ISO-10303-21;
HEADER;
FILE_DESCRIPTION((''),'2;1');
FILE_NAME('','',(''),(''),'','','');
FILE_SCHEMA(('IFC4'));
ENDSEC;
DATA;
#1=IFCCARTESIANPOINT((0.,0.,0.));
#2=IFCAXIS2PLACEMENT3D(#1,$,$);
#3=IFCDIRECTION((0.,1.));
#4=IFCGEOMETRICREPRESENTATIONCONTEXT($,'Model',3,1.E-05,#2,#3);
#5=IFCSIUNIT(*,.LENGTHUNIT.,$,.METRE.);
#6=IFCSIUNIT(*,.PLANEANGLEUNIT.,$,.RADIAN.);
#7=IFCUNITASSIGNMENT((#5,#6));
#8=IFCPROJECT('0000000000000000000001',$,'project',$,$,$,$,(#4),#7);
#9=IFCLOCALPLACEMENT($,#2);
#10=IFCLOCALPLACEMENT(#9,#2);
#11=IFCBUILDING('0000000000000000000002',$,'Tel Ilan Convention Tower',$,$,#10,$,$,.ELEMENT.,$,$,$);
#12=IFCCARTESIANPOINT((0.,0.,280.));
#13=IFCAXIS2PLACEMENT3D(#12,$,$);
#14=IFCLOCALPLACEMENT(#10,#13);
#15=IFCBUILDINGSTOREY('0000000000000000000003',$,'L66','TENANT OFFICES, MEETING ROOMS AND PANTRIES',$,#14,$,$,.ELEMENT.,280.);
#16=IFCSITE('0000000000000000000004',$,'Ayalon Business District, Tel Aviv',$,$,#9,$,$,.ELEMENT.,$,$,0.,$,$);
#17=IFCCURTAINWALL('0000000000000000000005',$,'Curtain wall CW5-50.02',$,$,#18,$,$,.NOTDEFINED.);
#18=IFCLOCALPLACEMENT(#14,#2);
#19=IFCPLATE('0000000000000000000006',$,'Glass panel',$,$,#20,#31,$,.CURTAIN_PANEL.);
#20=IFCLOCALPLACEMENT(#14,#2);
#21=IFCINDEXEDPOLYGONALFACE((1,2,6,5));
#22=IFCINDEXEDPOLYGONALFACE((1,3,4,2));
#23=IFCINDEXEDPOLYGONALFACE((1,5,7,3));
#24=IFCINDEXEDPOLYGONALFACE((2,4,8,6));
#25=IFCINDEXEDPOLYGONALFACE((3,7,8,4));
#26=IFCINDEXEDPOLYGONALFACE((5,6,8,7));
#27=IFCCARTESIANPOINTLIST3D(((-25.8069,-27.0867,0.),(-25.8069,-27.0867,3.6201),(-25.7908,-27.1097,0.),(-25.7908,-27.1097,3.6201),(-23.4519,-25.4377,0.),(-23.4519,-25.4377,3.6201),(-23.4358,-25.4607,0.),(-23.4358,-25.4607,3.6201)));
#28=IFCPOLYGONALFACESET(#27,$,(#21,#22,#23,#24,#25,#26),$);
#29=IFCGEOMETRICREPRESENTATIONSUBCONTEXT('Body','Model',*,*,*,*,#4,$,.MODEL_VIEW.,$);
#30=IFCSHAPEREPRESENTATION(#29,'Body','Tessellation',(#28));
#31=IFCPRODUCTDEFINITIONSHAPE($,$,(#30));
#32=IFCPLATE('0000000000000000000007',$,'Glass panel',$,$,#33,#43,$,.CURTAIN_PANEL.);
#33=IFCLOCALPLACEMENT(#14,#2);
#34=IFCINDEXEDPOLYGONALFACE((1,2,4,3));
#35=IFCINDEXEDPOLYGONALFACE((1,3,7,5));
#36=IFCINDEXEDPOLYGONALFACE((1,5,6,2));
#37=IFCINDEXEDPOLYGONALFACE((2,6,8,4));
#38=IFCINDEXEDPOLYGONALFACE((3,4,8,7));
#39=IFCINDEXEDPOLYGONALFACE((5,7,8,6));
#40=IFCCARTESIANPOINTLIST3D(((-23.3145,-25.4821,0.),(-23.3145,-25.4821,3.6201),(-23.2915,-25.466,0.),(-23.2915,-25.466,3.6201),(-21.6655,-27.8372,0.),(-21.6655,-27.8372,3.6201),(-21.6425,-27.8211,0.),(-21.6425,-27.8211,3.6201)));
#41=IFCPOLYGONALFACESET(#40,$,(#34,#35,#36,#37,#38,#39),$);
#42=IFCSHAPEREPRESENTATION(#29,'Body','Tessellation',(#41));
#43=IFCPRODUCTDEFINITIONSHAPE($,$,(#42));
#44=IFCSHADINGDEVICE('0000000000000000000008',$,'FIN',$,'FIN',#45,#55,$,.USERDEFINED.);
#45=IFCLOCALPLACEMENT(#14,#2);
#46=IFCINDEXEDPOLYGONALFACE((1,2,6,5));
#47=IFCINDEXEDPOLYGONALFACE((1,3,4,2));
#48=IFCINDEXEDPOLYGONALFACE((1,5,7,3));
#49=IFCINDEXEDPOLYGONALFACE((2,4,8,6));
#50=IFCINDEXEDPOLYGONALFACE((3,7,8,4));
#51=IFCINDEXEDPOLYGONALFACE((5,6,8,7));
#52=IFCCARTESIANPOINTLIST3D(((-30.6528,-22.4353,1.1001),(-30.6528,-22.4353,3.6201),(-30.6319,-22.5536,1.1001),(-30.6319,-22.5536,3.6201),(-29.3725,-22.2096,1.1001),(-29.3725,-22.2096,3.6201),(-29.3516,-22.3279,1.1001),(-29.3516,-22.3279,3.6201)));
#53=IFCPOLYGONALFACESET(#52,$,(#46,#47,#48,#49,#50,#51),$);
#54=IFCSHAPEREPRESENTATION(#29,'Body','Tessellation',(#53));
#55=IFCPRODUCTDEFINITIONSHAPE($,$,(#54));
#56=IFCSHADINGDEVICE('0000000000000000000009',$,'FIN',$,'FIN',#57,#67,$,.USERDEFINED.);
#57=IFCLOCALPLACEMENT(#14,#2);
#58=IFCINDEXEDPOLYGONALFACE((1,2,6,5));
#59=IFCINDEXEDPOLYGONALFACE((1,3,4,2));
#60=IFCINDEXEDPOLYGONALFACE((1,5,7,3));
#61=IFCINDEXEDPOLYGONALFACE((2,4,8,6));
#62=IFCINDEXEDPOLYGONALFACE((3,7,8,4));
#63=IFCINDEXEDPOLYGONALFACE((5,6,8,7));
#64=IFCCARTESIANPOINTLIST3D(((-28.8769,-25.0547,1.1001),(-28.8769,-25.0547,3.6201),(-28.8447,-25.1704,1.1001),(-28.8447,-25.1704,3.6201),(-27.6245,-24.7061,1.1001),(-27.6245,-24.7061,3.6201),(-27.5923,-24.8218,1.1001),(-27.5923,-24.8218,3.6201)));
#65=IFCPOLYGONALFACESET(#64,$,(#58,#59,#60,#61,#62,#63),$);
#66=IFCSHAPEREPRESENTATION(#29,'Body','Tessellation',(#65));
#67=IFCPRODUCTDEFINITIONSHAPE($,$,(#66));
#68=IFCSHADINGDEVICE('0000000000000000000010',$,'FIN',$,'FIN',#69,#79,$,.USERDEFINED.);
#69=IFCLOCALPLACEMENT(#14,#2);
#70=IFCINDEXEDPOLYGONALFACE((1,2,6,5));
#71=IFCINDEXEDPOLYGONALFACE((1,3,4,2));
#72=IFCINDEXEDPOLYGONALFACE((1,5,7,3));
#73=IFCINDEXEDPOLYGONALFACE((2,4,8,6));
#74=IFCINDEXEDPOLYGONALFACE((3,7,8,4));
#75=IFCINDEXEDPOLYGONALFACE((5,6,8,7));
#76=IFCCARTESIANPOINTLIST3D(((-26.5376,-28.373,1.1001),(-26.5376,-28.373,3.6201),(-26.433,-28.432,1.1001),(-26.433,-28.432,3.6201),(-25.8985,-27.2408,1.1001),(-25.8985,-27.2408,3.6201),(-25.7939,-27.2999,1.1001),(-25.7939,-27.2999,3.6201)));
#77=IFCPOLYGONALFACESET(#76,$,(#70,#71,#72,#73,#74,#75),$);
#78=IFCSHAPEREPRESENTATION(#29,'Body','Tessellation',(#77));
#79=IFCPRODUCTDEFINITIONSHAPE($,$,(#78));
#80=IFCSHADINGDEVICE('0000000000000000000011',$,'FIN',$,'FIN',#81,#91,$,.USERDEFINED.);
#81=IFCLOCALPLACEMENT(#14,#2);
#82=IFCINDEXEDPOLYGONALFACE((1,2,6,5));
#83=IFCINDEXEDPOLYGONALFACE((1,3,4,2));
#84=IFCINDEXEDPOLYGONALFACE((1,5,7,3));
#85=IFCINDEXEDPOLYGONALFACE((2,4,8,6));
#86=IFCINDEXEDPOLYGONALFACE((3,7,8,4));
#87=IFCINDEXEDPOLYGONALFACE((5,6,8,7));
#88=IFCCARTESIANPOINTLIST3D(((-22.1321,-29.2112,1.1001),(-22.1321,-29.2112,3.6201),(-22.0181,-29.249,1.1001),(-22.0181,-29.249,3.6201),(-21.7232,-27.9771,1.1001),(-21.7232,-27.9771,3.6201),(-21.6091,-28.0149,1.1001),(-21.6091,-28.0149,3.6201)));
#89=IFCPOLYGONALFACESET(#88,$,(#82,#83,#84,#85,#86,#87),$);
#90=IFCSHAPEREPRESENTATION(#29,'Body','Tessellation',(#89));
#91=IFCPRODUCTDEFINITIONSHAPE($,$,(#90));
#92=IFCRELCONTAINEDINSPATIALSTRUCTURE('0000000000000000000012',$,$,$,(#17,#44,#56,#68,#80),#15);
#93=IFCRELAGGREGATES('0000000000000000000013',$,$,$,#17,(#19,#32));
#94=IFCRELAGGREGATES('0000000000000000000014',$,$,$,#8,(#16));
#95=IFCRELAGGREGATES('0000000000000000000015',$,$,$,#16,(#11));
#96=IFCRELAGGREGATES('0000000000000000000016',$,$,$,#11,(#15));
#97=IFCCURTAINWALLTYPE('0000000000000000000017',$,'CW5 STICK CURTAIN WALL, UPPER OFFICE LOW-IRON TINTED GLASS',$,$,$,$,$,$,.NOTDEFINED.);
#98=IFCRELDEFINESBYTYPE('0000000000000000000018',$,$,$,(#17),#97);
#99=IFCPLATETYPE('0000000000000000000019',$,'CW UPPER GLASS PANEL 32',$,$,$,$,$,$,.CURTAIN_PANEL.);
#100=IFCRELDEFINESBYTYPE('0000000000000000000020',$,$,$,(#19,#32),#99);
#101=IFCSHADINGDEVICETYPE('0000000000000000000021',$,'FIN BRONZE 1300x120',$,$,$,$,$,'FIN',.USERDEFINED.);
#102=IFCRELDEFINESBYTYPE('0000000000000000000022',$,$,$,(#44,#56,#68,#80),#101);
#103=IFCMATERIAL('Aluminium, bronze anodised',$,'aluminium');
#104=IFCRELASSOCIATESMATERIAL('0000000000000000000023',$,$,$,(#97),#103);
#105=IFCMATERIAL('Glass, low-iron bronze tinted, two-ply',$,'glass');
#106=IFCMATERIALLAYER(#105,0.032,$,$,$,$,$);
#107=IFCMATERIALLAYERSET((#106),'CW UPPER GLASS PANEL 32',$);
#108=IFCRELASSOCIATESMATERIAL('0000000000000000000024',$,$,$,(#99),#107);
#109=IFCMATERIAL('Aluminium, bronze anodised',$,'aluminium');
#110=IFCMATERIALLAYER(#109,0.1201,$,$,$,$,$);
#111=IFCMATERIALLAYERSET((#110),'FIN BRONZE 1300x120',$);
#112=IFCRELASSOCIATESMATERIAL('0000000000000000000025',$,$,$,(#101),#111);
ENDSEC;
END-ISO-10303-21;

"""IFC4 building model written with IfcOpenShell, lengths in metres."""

from ifc_helpers import new_model, si_unit, direction, frame, origin, origin_2d, place, context, subcontext, project, spatial, rectangle, extrude, material, layer, layer_set, type_object, element, aggregate, save


model = new_model("IFC4")

# Units and contexts
model_context = context("Model", 3, precision=1e-05, world=origin(), true_north=direction((0.0, 1.0)))
body_context = subcontext(model_context, "Body", "Model", "MODEL_VIEW")
ifc_project = project(units=[si_unit("LENGTHUNIT", "METRE"), si_unit("PLANEANGLEUNIT", "RADIAN")], contexts=[model_context])

# Site, building, storey
site_placement = place(None, origin())
site = spatial("IfcSite", under=ifc_project, at=site_placement, Name="Ayalon Business District, Tel Aviv", CompositionType="ELEMENT", RefElevation=0.0)
building_placement = place(site_placement, origin())
building = spatial("IfcBuilding", under=site, at=building_placement, Name="Tel Ilan Convention Tower", CompositionType="ELEMENT")
storey_placement = place(building_placement, frame((0.0, 0.0, 280.0)))
storey = spatial("IfcBuildingStorey", under=building, at=storey_placement, Name="L66", Description="TENANT OFFICES, MEETING ROOMS AND PANTRIES", CompositionType="ELEMENT", Elevation=280.0)

# Curtain wall, plates
ifc_material_1 = material(Name="Aluminium, bronze anodised", Category="aluminium")
curtain_wall_type = type_object("IfcCurtainWallType", Name="CW5 STICK CURTAIN WALL, UPPER OFFICE LOW-IRON TINTED GLASS", PredefinedType="NOTDEFINED", material=ifc_material_1)
curtain_wall_placement = place(storey_placement, origin())
curtain_wall = element("IfcCurtainWall", 1, at=curtain_wall_placement, inside=storey, type_object=curtain_wall_type, Name="Curtain wall CW5-50.02", PredefinedType="NOTDEFINED")
ifc_material_2 = material(Name="Glass, low-iron bronze tinted, two-ply", Category="glass")
ifc_layer_1 = layer(ifc_material_2, 0.032)
ifc_layer_set_1 = layer_set([ifc_layer_1], Name="CW UPPER GLASS PANEL 32")
plate_type = type_object("IfcPlateType", Name="CW UPPER GLASS PANEL 32", PredefinedType="CURTAIN_PANEL", material=ifc_layer_set_1)
plate_1_placement = place(storey_placement, frame((-24.6213, -26.2737, 0.0), z_axis=(0.0, 0.0, 1.0), x_axis=(0.819152, 0.573576, 0.0)))
plate_1 = element("IfcPlate", 2, at=plate_1_placement, type_object=plate_type, Name="Glass panel", PredefinedType="CURTAIN_PANEL", context=body_context, shape_type="SweptSolid", body=[
    extrude(rectangle(XDim=2.875, YDim=0.0281, at=origin_2d()), origin(), (0.0, 0.0, 1.0), 3.6201),
])
plate_2_placement = place(storey_placement, frame((-22.4785, -26.6516, 0.0), z_axis=(0.0, 0.0, 1.0), x_axis=(0.573576, -0.819152, 0.0)))
plate_2 = element("IfcPlate", 3, at=plate_2_placement, type_object=plate_type, Name="Glass panel", PredefinedType="CURTAIN_PANEL", context=body_context, shape_type="SweptSolid", body=[
    extrude(rectangle(XDim=2.875, YDim=0.0281, at=origin_2d()), origin(), (0.0, 0.0, 1.0), 3.6201),
])
aggregate(curtain_wall, [plate_1, plate_2])

# Shading devices
ifc_material_3 = material(Name="Aluminium, bronze anodised", Category="aluminium")
ifc_layer_2 = layer(ifc_material_3, 0.1201)
ifc_layer_set_2 = layer_set([ifc_layer_2], Name="FIN BRONZE 1300x120")
shading_device_type = type_object("IfcShadingDeviceType", Name="FIN BRONZE 1300x120", ElementType="FIN", PredefinedType="USERDEFINED", material=ifc_layer_set_2)
for number, where, z_axis, x_axis, name in (
    (4, (-30.0022, -22.3816, 1.1001), (0.0, 0.0, 1.0), (-0.984808, -0.173648, 0.0), "FIN"),
    (5, (-28.2346, -24.9382, 1.1001), (0.0, 0.0, 1.0), (-0.963371, -0.268173, 0.0), "FIN"),
    (6, (-26.1658, -27.8364, 1.1001), (0.0, 0.0, 1.0), (-0.491579, -0.870833, 0.0), "FIN"),
    (7, (-21.8706, -28.613, 1.1001), (0.0, 0.0, 1.0), (-0.314545, -0.949243, 0.0), "FIN"),
):
    element("IfcShadingDevice", number, at=place(storey_placement, frame(where, z_axis=z_axis, x_axis=x_axis)), inside=storey, type_object=shading_device_type, Name=name, ObjectType="FIN", PredefinedType="USERDEFINED", context=body_context, shape_type="SweptSolid", body=[
        extrude(rectangle(XDim=1.3, YDim=0.1201, at=origin_2d()), origin(), (0.0, 0.0, 1.0), 2.52),
    ])

save(model, "model.ifc")
